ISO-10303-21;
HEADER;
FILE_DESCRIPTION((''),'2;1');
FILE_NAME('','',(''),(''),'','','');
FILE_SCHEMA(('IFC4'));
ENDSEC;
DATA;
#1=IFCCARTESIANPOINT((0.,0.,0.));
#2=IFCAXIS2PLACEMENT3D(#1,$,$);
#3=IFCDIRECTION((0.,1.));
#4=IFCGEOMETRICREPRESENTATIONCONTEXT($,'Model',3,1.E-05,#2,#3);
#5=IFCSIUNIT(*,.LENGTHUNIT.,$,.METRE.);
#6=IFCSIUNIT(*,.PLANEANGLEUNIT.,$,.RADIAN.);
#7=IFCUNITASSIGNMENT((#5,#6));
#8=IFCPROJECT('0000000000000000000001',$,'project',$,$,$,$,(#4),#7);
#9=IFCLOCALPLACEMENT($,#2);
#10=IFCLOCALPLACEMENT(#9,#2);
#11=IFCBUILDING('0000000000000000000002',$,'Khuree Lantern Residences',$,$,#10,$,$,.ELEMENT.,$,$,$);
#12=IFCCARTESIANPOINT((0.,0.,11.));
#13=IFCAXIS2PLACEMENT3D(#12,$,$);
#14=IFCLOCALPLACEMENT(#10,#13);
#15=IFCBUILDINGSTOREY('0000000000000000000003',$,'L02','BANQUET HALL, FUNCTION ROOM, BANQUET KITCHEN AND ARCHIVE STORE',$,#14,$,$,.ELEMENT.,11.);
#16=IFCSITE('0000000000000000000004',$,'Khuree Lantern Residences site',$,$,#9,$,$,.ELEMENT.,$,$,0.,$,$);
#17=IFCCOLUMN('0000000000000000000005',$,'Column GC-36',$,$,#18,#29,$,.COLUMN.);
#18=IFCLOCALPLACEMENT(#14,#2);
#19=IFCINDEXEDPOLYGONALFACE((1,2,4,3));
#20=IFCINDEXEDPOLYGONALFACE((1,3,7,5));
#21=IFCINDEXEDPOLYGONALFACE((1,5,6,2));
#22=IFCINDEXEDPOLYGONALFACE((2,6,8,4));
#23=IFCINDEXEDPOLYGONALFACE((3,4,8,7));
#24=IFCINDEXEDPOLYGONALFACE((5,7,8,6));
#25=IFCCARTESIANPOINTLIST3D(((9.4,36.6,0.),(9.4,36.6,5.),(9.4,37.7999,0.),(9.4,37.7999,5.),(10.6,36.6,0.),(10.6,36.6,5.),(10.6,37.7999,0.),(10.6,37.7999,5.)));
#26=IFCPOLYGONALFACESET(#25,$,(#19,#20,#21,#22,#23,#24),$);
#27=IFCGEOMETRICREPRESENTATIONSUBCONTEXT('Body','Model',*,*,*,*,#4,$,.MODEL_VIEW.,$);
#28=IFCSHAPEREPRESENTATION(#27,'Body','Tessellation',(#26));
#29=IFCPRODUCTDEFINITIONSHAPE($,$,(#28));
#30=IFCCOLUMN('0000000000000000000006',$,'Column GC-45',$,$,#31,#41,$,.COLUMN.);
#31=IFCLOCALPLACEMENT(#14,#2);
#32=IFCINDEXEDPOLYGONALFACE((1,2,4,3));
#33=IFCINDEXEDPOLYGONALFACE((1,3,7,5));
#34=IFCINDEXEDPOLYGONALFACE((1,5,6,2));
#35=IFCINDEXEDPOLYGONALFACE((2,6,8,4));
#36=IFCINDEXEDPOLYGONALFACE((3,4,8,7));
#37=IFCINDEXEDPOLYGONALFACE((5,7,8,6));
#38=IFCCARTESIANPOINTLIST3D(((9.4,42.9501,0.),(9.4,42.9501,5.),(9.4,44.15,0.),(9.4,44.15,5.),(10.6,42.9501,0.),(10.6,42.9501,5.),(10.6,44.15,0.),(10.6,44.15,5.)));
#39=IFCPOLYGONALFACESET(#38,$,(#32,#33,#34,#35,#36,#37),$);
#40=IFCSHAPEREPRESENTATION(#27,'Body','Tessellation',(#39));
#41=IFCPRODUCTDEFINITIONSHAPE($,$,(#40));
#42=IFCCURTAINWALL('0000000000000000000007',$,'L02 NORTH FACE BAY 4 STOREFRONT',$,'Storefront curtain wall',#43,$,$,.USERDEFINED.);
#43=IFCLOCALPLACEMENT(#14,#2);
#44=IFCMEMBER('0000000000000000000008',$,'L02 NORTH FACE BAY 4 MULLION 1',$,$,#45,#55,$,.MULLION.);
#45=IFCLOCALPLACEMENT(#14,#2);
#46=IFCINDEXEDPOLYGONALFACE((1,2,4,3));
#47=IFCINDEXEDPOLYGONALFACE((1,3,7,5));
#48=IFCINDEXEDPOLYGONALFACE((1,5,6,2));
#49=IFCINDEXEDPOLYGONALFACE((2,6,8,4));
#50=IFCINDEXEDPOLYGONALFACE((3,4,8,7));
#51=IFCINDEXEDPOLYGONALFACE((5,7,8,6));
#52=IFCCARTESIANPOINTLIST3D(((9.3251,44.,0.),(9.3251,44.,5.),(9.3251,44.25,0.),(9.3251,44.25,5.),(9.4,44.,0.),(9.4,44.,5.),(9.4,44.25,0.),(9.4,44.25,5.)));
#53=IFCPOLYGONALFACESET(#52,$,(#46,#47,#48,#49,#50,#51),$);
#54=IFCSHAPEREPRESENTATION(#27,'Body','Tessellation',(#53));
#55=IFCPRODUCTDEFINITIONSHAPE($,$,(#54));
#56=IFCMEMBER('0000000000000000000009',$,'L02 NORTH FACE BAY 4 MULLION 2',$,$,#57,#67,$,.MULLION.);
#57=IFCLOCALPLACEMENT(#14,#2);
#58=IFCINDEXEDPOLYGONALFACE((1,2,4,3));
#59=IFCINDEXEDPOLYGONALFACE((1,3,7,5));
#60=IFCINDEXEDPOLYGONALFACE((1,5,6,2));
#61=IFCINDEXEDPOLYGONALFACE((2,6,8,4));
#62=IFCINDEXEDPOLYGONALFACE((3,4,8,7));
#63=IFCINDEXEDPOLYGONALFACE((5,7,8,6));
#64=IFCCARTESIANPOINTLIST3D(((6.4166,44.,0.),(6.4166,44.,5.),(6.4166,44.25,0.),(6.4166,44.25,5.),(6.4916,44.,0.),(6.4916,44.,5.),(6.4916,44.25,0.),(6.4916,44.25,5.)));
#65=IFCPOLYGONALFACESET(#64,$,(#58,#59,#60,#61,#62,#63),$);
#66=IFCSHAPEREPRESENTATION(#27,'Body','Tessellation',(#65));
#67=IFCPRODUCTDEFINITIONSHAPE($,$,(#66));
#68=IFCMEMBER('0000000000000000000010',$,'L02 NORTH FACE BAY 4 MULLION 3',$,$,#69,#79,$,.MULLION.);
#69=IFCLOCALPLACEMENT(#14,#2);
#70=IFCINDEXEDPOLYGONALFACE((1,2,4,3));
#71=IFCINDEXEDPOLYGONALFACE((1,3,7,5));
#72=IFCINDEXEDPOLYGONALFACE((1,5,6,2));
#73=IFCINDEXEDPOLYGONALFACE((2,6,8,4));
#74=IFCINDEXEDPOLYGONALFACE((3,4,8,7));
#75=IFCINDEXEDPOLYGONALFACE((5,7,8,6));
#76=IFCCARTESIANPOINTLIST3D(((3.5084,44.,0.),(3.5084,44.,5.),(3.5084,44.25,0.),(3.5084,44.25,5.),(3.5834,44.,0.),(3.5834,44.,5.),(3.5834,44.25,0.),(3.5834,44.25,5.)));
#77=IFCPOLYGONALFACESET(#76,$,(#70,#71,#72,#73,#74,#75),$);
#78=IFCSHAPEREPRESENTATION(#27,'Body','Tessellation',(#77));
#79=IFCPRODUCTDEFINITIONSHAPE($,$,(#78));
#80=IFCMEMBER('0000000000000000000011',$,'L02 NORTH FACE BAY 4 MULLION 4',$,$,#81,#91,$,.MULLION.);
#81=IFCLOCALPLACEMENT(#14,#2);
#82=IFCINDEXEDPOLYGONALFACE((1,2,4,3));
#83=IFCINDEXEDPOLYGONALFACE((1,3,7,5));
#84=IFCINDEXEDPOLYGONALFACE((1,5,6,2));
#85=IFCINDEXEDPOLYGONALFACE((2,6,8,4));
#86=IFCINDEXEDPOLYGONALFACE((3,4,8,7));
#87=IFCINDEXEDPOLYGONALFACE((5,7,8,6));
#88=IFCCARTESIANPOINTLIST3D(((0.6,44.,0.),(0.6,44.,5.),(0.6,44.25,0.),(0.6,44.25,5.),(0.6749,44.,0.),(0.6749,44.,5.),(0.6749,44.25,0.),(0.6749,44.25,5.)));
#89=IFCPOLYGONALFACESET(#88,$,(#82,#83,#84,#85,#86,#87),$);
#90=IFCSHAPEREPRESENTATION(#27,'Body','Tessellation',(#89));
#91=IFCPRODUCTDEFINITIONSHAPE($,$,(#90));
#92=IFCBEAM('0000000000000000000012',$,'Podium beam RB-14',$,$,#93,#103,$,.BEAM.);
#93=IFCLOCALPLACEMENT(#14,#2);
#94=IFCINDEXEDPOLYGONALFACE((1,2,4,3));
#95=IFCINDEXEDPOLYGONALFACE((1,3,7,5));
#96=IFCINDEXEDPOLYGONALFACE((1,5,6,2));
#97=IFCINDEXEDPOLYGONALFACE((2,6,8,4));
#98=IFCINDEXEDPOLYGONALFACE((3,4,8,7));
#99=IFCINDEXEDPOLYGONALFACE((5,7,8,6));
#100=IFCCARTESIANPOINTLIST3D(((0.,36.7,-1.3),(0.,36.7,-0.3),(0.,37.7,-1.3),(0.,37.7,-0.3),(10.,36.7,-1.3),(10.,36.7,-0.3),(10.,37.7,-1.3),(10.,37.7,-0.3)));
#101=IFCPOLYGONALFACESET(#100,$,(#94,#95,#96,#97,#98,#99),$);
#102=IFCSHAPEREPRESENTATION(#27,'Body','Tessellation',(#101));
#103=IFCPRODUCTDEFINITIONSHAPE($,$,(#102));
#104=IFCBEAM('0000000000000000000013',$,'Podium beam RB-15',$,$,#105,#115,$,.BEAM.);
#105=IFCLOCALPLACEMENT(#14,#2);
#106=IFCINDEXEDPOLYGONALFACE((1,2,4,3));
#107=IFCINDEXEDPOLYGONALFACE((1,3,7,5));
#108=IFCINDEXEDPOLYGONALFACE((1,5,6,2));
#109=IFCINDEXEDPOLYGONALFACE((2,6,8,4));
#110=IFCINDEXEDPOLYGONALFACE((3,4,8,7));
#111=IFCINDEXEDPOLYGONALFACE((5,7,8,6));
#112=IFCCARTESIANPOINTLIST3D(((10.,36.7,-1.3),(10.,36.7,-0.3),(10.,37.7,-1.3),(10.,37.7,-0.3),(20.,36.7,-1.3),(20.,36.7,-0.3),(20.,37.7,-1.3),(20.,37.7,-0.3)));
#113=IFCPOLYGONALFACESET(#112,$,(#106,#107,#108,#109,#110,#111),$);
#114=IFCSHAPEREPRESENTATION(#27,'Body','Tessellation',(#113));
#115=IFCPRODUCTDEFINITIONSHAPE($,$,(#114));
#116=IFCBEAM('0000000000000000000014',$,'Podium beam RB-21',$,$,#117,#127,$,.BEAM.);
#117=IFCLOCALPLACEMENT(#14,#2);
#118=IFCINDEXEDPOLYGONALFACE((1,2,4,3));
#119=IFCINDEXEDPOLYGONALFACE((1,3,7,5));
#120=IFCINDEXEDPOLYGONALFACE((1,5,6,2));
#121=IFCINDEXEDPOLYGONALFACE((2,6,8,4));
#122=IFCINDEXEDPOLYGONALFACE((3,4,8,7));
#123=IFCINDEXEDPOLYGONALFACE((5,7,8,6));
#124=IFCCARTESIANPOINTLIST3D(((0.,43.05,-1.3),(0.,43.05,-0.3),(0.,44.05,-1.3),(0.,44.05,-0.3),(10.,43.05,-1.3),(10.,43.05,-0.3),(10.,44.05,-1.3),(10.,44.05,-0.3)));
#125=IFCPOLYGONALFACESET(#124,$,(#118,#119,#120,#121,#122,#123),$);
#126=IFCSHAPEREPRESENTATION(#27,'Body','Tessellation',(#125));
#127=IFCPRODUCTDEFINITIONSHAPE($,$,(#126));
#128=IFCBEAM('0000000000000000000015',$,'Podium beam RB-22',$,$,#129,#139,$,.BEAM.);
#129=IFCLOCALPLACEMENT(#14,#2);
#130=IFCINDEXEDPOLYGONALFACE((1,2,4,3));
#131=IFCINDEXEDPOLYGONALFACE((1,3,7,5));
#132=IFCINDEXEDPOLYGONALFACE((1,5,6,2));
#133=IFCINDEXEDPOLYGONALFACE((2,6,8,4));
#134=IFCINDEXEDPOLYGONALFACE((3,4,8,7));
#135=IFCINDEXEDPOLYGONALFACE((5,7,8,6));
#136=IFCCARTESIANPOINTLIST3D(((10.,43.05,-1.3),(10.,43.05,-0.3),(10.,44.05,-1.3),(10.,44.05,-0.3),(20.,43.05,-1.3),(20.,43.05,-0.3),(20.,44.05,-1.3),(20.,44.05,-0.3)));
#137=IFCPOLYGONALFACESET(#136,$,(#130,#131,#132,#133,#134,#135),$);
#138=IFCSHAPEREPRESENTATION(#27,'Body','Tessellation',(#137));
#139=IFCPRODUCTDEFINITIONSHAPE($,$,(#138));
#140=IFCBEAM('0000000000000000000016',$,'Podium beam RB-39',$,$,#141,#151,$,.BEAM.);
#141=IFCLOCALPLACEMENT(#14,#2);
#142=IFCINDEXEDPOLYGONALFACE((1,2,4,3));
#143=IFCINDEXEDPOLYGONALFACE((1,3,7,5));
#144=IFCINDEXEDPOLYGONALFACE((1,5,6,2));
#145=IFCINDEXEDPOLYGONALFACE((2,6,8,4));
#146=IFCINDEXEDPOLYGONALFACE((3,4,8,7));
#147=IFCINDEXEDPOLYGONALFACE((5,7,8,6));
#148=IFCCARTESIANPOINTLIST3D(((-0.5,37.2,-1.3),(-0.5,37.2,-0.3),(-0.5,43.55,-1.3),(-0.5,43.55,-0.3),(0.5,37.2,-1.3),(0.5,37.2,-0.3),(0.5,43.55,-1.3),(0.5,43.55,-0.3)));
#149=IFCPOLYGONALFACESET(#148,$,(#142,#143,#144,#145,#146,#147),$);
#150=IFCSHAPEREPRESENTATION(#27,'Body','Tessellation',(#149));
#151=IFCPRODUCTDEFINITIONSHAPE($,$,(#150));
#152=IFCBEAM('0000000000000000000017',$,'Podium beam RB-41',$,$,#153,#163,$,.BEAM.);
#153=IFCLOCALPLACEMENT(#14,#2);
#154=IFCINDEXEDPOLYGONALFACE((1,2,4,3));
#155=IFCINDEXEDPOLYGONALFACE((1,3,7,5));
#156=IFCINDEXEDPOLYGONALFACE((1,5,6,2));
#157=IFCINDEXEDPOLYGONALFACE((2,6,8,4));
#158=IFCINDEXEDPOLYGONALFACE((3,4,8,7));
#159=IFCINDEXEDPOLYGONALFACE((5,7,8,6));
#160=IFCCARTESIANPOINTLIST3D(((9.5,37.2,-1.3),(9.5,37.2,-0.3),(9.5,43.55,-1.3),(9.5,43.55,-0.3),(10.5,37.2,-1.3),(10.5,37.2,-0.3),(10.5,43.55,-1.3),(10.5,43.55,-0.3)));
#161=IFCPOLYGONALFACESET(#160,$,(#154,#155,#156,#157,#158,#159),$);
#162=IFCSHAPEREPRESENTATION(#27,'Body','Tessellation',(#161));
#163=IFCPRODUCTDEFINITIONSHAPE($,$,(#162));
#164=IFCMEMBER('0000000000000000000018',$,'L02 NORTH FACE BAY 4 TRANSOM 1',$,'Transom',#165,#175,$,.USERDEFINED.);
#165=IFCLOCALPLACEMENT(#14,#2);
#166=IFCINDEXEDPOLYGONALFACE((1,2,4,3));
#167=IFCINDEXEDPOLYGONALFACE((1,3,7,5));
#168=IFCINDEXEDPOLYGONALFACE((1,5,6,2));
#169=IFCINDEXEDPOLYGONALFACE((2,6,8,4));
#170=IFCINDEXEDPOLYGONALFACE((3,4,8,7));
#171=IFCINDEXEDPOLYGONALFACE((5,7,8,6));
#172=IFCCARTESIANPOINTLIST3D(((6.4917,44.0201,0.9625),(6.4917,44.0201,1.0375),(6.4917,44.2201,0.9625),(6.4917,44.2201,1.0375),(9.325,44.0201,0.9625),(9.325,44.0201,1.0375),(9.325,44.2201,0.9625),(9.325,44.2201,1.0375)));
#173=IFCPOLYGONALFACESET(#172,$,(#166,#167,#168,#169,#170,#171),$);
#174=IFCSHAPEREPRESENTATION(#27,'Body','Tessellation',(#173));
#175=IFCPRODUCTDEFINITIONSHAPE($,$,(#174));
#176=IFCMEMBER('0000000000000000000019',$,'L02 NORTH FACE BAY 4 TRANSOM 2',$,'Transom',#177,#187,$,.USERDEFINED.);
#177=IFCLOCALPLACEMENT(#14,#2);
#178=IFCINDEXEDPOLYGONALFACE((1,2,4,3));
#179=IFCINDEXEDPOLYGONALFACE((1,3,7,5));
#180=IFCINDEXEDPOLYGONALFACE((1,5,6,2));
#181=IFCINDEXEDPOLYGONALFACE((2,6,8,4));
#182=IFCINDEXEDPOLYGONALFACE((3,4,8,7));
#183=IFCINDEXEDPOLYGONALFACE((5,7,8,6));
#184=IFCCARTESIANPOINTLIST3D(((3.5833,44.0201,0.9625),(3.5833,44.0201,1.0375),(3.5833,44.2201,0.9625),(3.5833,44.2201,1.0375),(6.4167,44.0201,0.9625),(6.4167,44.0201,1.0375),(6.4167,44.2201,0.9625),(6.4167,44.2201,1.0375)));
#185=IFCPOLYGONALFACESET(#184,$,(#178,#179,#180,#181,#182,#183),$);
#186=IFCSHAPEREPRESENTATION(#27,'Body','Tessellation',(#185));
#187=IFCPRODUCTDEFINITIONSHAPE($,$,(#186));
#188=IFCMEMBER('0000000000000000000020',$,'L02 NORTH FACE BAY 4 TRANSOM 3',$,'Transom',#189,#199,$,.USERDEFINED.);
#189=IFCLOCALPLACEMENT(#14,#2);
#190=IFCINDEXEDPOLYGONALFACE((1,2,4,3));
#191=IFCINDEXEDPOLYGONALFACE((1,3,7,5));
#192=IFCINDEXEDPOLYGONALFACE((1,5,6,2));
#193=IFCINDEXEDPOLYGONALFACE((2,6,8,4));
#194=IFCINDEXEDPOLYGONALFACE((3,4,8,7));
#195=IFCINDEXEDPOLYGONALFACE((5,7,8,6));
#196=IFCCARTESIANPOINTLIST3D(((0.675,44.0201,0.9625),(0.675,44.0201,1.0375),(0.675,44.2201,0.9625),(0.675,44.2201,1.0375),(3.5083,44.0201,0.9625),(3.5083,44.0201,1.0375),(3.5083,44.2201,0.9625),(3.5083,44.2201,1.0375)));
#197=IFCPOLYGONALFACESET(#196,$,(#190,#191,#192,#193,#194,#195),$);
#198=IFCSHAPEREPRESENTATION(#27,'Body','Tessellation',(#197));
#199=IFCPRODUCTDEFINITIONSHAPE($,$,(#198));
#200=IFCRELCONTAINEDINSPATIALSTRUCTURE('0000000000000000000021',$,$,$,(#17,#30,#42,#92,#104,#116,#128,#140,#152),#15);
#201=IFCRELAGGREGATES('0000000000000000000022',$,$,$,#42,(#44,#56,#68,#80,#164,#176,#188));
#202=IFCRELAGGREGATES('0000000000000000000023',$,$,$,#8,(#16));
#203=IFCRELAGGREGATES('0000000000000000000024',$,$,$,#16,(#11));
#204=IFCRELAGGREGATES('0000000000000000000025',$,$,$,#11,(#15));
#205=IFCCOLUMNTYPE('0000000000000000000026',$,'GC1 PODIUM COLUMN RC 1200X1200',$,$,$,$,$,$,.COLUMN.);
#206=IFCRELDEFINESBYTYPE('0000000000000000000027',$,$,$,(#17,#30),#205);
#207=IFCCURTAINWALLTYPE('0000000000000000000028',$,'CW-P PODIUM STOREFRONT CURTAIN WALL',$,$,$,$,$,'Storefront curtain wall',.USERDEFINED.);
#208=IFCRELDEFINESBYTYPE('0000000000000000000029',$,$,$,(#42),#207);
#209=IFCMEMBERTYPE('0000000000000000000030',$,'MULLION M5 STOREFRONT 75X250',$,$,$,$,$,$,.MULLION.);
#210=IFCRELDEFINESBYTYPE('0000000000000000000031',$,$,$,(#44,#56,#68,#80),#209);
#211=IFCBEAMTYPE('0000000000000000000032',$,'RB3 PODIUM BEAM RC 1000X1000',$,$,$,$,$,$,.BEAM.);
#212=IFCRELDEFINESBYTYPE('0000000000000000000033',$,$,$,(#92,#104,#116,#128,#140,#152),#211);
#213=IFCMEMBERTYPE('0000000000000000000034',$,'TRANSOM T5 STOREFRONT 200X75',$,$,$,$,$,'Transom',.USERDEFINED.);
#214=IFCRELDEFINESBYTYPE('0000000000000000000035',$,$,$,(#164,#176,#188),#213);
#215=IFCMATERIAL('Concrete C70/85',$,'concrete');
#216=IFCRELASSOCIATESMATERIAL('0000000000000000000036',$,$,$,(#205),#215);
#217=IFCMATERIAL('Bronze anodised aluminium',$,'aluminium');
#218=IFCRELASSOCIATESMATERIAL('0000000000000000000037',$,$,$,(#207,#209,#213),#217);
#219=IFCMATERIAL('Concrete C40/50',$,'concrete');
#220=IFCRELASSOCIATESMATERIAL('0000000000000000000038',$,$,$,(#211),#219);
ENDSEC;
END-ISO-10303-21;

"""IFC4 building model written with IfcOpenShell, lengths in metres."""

from ifc_helpers import new_model, si_unit, direction, frame, origin, origin_2d, place, context, subcontext, project, spatial, rectangle, extrude, material, material_profile, profile_set, type_object, element, aggregate, save


model = new_model("IFC4")

# Units and contexts
model_context = context("Model", 3, precision=1e-05, world=origin(), true_north=direction((0.0, 1.0)))
body_context = subcontext(model_context, "Body", "Model", "MODEL_VIEW")
ifc_project = project(units=[si_unit("LENGTHUNIT", "METRE"), si_unit("PLANEANGLEUNIT", "RADIAN")], contexts=[model_context])

# Site, building, storey
site_placement = place(None, origin())
site = spatial("IfcSite", under=ifc_project, at=site_placement, Name="Khuree Lantern Residences site", CompositionType="ELEMENT", RefElevation=0.0)
building_placement = place(site_placement, origin())
building = spatial("IfcBuilding", under=site, at=building_placement, Name="Khuree Lantern Residences", CompositionType="ELEMENT")
storey_placement = place(building_placement, frame((0.0, 0.0, 11.0)))
storey = spatial("IfcBuildingStorey", under=building, at=storey_placement, Name="L02", Description="BANQUET HALL, FUNCTION ROOM, BANQUET KITCHEN AND ARCHIVE STORE", CompositionType="ELEMENT", Elevation=11.0)

# Columns
ifc_material_1 = material(Name="Concrete C70/85", Category="concrete")
ifc_material_profile_1 = material_profile(ifc_material_1, rectangle(XDim=1.2, YDim=1.2, at=origin_2d()), Name="RC 1200X1200")
ifc_profile_set_1 = profile_set([ifc_material_profile_1], Name="Concrete C70/85")
column_type = type_object("IfcColumnType", Name="GC1 PODIUM COLUMN RC 1200X1200", PredefinedType="COLUMN", material=ifc_profile_set_1)
for number, where, z_axis, x_axis, name in (
    (1, (10.0, 37.2, 0.0), (0.0, 0.0, 1.0), (1.0, 0.0, 0.0), "Column GC-36"),
    (2, (10.0, 43.55, 0.0), (0.0, 0.0, 1.0), (1.0, 0.0, 0.0), "Column GC-45"),
):
    element("IfcColumn", number, at=place(storey_placement, frame(where, z_axis=z_axis, x_axis=x_axis)), inside=storey, type_object=column_type, Name=name, PredefinedType="COLUMN", context=body_context, shape_type="SweptSolid", body=[
        extrude(rectangle(XDim=1.2, YDim=1.2, at=origin_2d()), origin(), (0.0, 0.0, 1.0), 5.0),
    ])

# Curtain wall, members
ifc_material_2 = material(Name="Bronze anodised aluminium", Category="aluminium")
curtain_wall_type = type_object("IfcCurtainWallType", Name="CW-P PODIUM STOREFRONT CURTAIN WALL", ElementType="Storefront curtain wall", PredefinedType="USERDEFINED", material=ifc_material_2)
curtain_wall_placement = place(storey_placement, origin())
curtain_wall = element("IfcCurtainWall", 3, at=curtain_wall_placement, inside=storey, type_object=curtain_wall_type, Name="L02 NORTH FACE BAY 4 STOREFRONT", ObjectType="Storefront curtain wall", PredefinedType="USERDEFINED")
ifc_material_profile_2 = material_profile(ifc_material_2, rectangle(XDim=0.075, YDim=0.25, at=origin_2d()), Name="M5 75X250")
ifc_profile_set_2 = profile_set([ifc_material_profile_2], Name="Bronze anodised aluminium")
member_type_1 = type_object("IfcMemberType", Name="MULLION M5 STOREFRONT 75X250", PredefinedType="MULLION", material=ifc_profile_set_2)
member_1_placement = place(storey_placement, frame((9.3625, 44.125, 0.0), z_axis=(0.0, 0.0, 1.0), x_axis=(-1.0, 0.0, 0.0)))
member_1 = element("IfcMember", 4, at=member_1_placement, type_object=member_type_1, Name="L02 NORTH FACE BAY 4 MULLION 1", PredefinedType="MULLION", context=body_context, shape_type="SweptSolid", body=[
    extrude(rectangle(XDim=0.075, YDim=0.25, at=origin_2d()), origin(), (0.0, 0.0, 1.0), 5.0),
])
member_2_placement = place(storey_placement, frame((6.4541, 44.125, 0.0), z_axis=(0.0, 0.0, 1.0), x_axis=(-1.0, 0.0, 0.0)))
member_2 = element("IfcMember", 5, at=member_2_placement, type_object=member_type_1, Name="L02 NORTH FACE BAY 4 MULLION 2", PredefinedType="MULLION", context=body_context, shape_type="SweptSolid", body=[
    extrude(rectangle(XDim=0.075, YDim=0.25, at=origin_2d()), origin(), (0.0, 0.0, 1.0), 5.0),
])
member_3_placement = place(storey_placement, frame((3.5459, 44.125, 0.0), z_axis=(0.0, 0.0, 1.0), x_axis=(-1.0, 0.0, 0.0)))
member_3 = element("IfcMember", 6, at=member_3_placement, type_object=member_type_1, Name="L02 NORTH FACE BAY 4 MULLION 3", PredefinedType="MULLION", context=body_context, shape_type="SweptSolid", body=[
    extrude(rectangle(XDim=0.075, YDim=0.25, at=origin_2d()), origin(), (0.0, 0.0, 1.0), 5.0),
])
member_4_placement = place(storey_placement, frame((0.6375, 44.125, 0.0), z_axis=(0.0, 0.0, 1.0), x_axis=(-1.0, 0.0, 0.0)))
member_4 = element("IfcMember", 7, at=member_4_placement, type_object=member_type_1, Name="L02 NORTH FACE BAY 4 MULLION 4", PredefinedType="MULLION", context=body_context, shape_type="SweptSolid", body=[
    extrude(rectangle(XDim=0.075, YDim=0.25, at=origin_2d()), origin(), (0.0, 0.0, 1.0), 5.0),
])

# Beams
ifc_material_3 = material(Name="Concrete C40/50", Category="concrete")
ifc_material_profile_3 = material_profile(ifc_material_3, rectangle(XDim=1.0, YDim=1.0, at=origin_2d()), Name="RC 1000X1000")
ifc_profile_set_3 = profile_set([ifc_material_profile_3], Name="Concrete C40/50")
beam_type = type_object("IfcBeamType", Name="RB3 PODIUM BEAM RC 1000X1000", PredefinedType="BEAM", material=ifc_profile_set_3)
for number, where, z_axis, x_axis, name in (
    (8, (0.0, 37.2, -0.8), (1.0, 0.0, 0.0), (0.0, 1.0, 0.0), "Podium beam RB-14"),
    (9, (10.0, 37.2, -0.8), (1.0, 0.0, 0.0), (0.0, 1.0, 0.0), "Podium beam RB-15"),
    (10, (0.0, 43.55, -0.8), (1.0, 0.0, 0.0), (0.0, 1.0, 0.0), "Podium beam RB-21"),
    (11, (10.0, 43.55, -0.8), (1.0, 0.0, 0.0), (0.0, 1.0, 0.0), "Podium beam RB-22"),
):
    element("IfcBeam", number, at=place(storey_placement, frame(where, z_axis=z_axis, x_axis=x_axis)), inside=storey, type_object=beam_type, Name=name, PredefinedType="BEAM", context=body_context, shape_type="SweptSolid", body=[
        extrude(rectangle(XDim=1.0, YDim=1.0, at=origin_2d()), origin(), (0.0, 0.0, 1.0), 10.0),
    ])
for number, where, z_axis, x_axis, name in (
    (12, (0.0, 37.2, -0.8), (0.0, 1.0, 0.0), (-1.0, 0.0, 0.0), "Podium beam RB-39"),
    (13, (10.0, 37.2, -0.8), (0.0, 1.0, 0.0), (-1.0, 0.0, 0.0), "Podium beam RB-41"),
):
    element("IfcBeam", number, at=place(storey_placement, frame(where, z_axis=z_axis, x_axis=x_axis)), inside=storey, type_object=beam_type, Name=name, PredefinedType="BEAM", context=body_context, shape_type="SweptSolid", body=[
        extrude(rectangle(XDim=1.0, YDim=1.0, at=origin_2d()), origin(), (0.0, 0.0, 1.0), 6.3501),
    ])

# Members
ifc_material_profile_4 = material_profile(ifc_material_2, rectangle(XDim=0.2, YDim=0.075, at=origin_2d()), Name="T5 200X75")
ifc_profile_set_4 = profile_set([ifc_material_profile_4], Name="Bronze anodised aluminium")
member_type_2 = type_object("IfcMemberType", Name="TRANSOM T5 STOREFRONT 200X75", ElementType="Transom", PredefinedType="USERDEFINED", material=ifc_profile_set_4)
member_5_placement = place(storey_placement, frame((9.325, 44.1201, 1.0), z_axis=(-1.0, 0.0, 0.0), x_axis=(0.0, -1.0, 0.0)))
member_5 = element("IfcMember", 14, at=member_5_placement, type_object=member_type_2, Name="L02 NORTH FACE BAY 4 TRANSOM 1", ObjectType="Transom", PredefinedType="USERDEFINED", context=body_context, shape_type="SweptSolid", body=[
    extrude(rectangle(XDim=0.2, YDim=0.075, at=origin_2d()), origin(), (0.0, 0.0, 1.0), 2.8333),
])
member_6_placement = place(storey_placement, frame((6.4167, 44.1201, 1.0), z_axis=(-1.0, 0.0, 0.0), x_axis=(0.0, -1.0, 0.0)))
member_6 = element("IfcMember", 15, at=member_6_placement, type_object=member_type_2, Name="L02 NORTH FACE BAY 4 TRANSOM 2", ObjectType="Transom", PredefinedType="USERDEFINED", context=body_context, shape_type="SweptSolid", body=[
    extrude(rectangle(XDim=0.2, YDim=0.075, at=origin_2d()), origin(), (0.0, 0.0, 1.0), 2.8335),
])
member_7_placement = place(storey_placement, frame((3.5083, 44.1201, 1.0), z_axis=(-1.0, 0.0, 0.0), x_axis=(0.0, -1.0, 0.0)))
member_7 = element("IfcMember", 16, at=member_7_placement, type_object=member_type_2, Name="L02 NORTH FACE BAY 4 TRANSOM 3", ObjectType="Transom", PredefinedType="USERDEFINED", context=body_context, shape_type="SweptSolid", body=[
    extrude(rectangle(XDim=0.2, YDim=0.075, at=origin_2d()), origin(), (0.0, 0.0, 1.0), 2.8333),
])

aggregate(curtain_wall, [member_1, member_2, member_3, member_4, member_5, member_6, member_7])

save(model, "model.ifc")
